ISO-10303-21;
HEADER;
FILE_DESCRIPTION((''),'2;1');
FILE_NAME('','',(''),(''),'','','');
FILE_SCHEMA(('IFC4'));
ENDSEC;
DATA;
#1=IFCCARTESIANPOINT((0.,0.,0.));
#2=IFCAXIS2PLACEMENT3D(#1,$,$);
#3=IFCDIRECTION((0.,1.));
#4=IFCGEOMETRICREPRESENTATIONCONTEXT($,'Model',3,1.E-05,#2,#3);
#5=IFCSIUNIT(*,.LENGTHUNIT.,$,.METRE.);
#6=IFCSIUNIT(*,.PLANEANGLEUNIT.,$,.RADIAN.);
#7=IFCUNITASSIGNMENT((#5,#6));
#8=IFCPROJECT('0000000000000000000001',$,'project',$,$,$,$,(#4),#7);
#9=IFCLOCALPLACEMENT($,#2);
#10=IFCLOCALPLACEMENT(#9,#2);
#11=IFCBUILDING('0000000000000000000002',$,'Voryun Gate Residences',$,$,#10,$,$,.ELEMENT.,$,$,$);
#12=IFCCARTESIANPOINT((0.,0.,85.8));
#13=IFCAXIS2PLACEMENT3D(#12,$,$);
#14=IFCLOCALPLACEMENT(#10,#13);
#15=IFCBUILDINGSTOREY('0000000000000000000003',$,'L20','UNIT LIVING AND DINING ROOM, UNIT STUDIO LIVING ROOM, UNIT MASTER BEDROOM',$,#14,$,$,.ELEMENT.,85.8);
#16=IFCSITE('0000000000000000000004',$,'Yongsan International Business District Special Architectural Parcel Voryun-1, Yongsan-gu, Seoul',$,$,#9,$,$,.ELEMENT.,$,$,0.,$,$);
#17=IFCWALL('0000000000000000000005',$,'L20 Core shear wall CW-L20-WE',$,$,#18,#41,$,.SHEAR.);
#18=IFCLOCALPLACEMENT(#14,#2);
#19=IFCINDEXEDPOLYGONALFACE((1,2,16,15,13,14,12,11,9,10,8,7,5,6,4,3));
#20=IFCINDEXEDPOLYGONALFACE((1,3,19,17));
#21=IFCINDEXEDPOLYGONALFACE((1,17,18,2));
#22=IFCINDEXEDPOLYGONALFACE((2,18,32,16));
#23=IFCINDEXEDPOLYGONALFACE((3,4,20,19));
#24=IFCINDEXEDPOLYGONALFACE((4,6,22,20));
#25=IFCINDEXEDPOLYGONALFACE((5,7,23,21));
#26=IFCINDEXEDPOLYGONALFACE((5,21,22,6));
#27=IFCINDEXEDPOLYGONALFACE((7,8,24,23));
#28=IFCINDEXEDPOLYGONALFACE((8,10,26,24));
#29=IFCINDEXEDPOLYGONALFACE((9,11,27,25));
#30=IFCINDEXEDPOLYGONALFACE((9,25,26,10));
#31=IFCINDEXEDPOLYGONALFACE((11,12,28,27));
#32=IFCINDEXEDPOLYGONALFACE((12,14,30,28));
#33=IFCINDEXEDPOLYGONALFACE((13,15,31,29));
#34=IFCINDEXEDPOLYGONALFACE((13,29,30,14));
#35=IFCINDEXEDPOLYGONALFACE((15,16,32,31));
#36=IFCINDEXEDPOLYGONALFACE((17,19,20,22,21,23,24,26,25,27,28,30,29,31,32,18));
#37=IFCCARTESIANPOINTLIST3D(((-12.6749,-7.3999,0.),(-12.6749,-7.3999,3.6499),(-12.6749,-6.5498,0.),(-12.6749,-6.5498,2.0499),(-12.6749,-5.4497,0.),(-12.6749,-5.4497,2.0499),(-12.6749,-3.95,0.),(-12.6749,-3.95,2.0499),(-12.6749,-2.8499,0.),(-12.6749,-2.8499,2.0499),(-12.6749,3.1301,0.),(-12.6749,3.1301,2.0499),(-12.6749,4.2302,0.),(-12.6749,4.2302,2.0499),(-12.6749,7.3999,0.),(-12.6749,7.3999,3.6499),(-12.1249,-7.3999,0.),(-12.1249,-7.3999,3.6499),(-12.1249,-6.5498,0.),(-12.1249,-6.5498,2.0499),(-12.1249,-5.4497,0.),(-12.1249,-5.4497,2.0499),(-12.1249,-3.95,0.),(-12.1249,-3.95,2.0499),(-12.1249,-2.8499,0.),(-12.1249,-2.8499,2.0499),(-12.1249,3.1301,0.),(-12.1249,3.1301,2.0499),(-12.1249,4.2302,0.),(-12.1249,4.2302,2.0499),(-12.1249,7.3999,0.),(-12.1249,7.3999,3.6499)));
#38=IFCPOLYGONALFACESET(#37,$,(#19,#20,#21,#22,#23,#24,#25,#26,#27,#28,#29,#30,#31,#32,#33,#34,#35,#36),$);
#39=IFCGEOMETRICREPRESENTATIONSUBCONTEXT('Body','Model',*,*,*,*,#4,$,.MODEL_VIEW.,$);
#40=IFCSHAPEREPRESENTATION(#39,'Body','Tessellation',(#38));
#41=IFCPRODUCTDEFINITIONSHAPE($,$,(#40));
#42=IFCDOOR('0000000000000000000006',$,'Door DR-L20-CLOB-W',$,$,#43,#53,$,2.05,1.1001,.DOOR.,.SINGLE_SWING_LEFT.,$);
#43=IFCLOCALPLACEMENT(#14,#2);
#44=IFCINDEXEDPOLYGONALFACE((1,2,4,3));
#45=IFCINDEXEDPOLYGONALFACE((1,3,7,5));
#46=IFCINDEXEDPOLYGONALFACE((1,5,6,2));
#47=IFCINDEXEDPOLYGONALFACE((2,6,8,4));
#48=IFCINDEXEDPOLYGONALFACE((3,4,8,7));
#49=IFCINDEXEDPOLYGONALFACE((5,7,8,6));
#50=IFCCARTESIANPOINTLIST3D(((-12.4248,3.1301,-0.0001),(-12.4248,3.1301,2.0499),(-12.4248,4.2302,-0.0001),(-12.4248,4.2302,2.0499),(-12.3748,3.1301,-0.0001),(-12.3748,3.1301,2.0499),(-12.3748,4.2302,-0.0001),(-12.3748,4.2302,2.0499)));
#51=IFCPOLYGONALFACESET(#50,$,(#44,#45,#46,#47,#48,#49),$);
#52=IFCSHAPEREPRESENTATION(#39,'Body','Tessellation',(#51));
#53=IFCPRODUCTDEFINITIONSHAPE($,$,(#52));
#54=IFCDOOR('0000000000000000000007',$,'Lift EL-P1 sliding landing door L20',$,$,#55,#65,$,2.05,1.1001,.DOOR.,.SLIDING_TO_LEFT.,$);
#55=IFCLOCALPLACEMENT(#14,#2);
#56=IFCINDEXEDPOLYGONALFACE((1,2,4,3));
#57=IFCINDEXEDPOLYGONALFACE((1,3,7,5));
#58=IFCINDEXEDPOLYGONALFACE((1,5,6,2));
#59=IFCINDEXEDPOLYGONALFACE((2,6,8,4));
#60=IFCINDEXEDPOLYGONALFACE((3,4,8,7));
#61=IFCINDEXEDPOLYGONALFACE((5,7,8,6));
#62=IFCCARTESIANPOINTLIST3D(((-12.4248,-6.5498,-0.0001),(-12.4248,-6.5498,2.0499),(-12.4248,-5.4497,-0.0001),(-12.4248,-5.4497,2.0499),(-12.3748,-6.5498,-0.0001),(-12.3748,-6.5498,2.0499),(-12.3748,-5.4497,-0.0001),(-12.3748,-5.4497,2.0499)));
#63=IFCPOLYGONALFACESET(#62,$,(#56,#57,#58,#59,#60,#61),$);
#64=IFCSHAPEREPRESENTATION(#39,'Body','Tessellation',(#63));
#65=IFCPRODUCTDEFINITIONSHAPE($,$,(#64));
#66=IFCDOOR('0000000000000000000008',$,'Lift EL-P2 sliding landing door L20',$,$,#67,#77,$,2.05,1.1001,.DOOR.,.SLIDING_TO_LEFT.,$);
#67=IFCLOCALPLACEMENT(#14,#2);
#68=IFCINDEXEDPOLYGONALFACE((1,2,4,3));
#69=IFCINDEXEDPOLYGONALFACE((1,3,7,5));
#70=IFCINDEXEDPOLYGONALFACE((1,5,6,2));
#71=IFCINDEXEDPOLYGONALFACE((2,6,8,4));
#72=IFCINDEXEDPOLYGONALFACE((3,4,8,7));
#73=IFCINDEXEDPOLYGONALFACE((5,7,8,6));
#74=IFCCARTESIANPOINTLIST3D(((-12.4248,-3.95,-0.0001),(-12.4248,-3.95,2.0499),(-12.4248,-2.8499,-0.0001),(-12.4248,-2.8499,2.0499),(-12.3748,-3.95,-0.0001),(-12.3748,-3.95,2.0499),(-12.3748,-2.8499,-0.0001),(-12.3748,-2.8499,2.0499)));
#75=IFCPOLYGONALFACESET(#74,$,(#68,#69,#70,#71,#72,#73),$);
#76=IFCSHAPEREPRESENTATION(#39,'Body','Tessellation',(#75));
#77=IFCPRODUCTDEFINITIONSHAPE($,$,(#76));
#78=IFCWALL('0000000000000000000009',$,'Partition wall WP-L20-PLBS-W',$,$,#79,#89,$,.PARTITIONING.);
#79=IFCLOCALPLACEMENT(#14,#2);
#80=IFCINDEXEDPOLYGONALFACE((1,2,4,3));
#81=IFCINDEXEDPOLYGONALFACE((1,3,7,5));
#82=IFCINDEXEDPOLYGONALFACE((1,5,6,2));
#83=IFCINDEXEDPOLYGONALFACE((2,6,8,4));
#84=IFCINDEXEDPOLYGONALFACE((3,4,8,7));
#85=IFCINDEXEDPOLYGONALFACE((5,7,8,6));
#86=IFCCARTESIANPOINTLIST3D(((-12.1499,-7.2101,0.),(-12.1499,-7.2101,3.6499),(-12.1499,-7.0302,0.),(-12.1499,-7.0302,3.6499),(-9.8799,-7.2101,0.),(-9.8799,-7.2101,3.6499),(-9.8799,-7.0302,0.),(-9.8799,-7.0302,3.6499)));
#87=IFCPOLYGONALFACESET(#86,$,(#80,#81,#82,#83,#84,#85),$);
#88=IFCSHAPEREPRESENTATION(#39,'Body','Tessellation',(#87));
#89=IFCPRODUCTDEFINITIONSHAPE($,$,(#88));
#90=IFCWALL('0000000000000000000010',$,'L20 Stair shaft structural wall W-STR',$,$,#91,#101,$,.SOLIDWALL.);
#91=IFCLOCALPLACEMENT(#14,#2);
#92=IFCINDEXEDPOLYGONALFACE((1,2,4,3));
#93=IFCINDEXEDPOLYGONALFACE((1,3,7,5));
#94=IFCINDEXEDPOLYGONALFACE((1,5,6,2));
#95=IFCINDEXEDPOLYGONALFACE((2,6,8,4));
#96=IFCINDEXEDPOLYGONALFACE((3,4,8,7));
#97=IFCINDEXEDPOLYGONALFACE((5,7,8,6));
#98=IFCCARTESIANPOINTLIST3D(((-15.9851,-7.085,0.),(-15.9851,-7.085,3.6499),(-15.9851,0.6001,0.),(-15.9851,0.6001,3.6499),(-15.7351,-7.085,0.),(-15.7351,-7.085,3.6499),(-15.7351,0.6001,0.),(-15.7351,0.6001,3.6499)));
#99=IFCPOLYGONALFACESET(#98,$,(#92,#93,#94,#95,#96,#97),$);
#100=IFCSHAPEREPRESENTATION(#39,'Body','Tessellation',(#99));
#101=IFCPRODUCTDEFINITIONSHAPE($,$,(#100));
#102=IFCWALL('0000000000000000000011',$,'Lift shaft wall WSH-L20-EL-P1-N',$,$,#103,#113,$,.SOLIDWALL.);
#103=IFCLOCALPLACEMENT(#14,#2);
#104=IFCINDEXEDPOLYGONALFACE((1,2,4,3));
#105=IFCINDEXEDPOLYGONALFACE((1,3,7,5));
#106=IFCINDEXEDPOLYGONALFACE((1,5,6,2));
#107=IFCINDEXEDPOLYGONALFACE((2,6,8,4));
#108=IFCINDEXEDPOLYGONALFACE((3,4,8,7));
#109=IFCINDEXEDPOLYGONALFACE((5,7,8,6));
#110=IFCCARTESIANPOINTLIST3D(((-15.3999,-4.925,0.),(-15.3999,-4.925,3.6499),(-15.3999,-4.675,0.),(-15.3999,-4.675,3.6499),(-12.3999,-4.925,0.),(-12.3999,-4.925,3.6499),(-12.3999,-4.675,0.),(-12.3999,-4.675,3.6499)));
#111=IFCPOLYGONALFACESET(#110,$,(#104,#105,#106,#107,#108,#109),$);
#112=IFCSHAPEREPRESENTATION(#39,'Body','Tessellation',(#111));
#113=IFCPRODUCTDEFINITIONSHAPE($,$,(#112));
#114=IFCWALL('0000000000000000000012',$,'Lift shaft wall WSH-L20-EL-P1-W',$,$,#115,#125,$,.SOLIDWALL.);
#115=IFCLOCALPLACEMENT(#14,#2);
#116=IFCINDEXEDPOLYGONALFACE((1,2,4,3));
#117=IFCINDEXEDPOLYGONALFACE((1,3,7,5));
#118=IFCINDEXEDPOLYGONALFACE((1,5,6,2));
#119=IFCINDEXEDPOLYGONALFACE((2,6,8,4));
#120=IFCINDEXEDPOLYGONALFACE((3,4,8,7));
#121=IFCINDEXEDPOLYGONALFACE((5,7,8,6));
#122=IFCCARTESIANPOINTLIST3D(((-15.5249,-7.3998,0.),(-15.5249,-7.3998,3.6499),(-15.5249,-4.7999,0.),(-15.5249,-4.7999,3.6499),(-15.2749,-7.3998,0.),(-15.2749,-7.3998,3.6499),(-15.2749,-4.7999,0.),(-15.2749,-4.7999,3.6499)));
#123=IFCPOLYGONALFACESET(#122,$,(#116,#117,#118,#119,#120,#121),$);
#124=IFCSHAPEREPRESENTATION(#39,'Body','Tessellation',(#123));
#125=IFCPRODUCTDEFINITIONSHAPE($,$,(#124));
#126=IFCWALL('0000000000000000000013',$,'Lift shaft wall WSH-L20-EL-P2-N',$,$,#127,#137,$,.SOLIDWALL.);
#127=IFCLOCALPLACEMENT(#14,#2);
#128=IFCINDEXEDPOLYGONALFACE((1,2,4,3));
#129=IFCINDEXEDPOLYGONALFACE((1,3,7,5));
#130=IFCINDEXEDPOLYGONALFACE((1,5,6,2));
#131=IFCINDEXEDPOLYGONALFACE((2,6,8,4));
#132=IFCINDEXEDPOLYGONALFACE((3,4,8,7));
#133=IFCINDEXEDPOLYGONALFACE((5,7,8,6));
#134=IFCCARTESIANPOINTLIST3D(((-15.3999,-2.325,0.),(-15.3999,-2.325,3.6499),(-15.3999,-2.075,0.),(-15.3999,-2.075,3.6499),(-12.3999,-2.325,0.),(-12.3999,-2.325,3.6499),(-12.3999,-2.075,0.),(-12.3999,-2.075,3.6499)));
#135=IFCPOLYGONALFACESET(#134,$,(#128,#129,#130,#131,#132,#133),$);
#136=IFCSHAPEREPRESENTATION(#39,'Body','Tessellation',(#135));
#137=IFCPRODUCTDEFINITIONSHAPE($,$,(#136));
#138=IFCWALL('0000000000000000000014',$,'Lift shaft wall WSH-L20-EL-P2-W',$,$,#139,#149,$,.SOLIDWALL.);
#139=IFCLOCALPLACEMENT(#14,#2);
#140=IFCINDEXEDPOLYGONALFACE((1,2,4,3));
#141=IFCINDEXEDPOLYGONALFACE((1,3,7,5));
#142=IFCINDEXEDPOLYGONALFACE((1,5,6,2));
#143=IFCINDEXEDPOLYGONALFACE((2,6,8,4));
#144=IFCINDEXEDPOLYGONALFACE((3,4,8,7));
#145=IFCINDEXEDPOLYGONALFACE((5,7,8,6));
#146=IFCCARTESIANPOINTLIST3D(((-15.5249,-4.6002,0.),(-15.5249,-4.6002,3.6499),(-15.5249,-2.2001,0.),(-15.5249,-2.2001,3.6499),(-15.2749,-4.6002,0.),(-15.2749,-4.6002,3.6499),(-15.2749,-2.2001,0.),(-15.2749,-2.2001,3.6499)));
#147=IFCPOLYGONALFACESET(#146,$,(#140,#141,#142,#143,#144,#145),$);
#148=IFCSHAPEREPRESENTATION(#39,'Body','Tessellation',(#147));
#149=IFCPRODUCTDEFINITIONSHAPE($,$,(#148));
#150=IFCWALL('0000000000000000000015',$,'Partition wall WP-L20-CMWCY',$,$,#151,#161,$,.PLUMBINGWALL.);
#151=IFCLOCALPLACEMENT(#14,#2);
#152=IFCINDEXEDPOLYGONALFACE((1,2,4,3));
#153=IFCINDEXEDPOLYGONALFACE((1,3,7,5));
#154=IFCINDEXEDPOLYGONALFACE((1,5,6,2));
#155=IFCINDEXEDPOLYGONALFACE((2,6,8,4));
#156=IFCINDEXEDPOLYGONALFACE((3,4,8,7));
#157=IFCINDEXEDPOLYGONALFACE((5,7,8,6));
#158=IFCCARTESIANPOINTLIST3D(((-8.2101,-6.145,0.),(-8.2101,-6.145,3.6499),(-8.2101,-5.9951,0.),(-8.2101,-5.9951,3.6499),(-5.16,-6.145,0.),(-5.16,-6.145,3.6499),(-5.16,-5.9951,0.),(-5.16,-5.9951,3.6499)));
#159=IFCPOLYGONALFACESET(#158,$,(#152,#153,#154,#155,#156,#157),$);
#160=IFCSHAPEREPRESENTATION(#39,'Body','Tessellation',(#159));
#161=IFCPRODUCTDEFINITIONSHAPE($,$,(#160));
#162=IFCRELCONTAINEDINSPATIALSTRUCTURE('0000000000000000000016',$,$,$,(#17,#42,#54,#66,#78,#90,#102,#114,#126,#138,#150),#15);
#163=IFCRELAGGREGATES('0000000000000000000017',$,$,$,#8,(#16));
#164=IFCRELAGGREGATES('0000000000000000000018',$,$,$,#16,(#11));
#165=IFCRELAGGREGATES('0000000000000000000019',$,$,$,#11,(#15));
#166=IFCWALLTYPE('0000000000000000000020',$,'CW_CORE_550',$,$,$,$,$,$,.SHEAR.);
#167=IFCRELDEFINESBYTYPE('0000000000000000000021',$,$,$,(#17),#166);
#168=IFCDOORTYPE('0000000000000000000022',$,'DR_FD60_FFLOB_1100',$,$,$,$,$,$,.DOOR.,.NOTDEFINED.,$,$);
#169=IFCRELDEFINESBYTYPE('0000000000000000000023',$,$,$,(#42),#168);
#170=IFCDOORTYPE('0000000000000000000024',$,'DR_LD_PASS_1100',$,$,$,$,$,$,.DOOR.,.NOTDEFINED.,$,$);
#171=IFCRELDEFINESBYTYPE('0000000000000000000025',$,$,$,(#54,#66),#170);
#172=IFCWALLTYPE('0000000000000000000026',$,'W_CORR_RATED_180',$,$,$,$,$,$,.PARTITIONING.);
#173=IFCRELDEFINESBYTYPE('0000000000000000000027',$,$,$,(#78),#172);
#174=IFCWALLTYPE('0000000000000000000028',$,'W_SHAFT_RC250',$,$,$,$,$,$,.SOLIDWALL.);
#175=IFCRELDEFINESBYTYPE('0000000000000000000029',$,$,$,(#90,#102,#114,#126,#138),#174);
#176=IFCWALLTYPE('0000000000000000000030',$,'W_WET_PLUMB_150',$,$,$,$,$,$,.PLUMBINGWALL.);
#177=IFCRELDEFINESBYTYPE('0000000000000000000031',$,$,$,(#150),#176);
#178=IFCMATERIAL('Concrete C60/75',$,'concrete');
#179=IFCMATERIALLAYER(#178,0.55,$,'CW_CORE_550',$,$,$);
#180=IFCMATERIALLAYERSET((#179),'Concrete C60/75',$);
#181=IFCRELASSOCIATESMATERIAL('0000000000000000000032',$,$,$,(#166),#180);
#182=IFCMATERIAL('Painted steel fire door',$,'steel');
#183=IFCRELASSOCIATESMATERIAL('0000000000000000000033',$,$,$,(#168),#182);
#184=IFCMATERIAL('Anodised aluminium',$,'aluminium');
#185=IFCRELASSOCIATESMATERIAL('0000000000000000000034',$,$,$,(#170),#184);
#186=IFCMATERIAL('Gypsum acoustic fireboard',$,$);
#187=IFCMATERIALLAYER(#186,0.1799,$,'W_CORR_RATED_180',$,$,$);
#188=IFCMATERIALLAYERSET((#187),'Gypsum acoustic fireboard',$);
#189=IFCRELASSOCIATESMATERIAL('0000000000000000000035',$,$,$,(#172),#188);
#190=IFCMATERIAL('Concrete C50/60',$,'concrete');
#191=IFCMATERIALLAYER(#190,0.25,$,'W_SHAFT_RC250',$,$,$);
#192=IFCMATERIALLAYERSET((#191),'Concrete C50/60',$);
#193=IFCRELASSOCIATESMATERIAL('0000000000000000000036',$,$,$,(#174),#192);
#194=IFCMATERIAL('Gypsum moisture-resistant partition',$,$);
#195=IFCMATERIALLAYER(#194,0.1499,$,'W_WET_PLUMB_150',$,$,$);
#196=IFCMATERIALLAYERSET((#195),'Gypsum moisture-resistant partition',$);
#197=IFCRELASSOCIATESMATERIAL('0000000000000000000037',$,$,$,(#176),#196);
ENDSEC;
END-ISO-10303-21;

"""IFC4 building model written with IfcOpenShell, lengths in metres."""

from ifc_helpers import new_model, si_unit, direction, frame, frame_2d, origin, place, context, subcontext, project, spatial, rectangle, extrude, material, layer, layer_set, type_object, element, fill, save


model = new_model("IFC4")

# Units and contexts
model_context = context("Model", 3, precision=1e-05, world=origin(), true_north=direction((0.0, 1.0)))
body_context = subcontext(model_context, "Body", "Model", "MODEL_VIEW")
ifc_project = project(units=[si_unit("LENGTHUNIT", "METRE"), si_unit("PLANEANGLEUNIT", "RADIAN")], contexts=[model_context])

# Site, building, storey
site_placement = place(None, origin())
site = spatial("IfcSite", under=ifc_project, at=site_placement, Name="Yongsan International Business District Special Architectural Parcel Voryun-1, Yongsan-gu, Seoul", CompositionType="ELEMENT", RefElevation=0.0)
building_placement = place(site_placement, origin())
building = spatial("IfcBuilding", under=site, at=building_placement, Name="Voryun Gate Residences", CompositionType="ELEMENT")
storey_placement = place(building_placement, frame((0.0, 0.0, 85.8)))
storey = spatial("IfcBuildingStorey", under=building, at=storey_placement, Name="L20", Description="UNIT LIVING AND DINING ROOM, UNIT STUDIO LIVING ROOM, UNIT MASTER BEDROOM", CompositionType="ELEMENT", Elevation=85.8)

# Wall, openings, doors
ifc_material_1 = material(Name="Concrete C60/75", Category="concrete")
ifc_layer_1 = layer(ifc_material_1, 0.55, Name="CW_CORE_550")
ifc_layer_set_1 = layer_set([ifc_layer_1], Name="Concrete C60/75")
wall_type_1 = type_object("IfcWallType", Name="CW_CORE_550", PredefinedType="SHEAR", material=ifc_layer_set_1)
wall_1_placement = place(storey_placement, frame((-12.3999, -7.3999, 0.0), z_axis=(0.0, 0.0, 1.0), x_axis=(0.0, 1.0, 0.0)))
wall_1 = element("IfcWall", 1, at=wall_1_placement, inside=storey, type_object=wall_type_1, Name="L20 Core shear wall CW-L20-WE", PredefinedType="SHEAR", context=body_context, shape_type="SweptSolid", body=[
    extrude(rectangle(XDim=14.7998, YDim=0.55, at=frame_2d((7.3999, 0.0))), origin(), (0.0, 0.0, 1.0), 3.6499),
])
opening_1_placement = place(wall_1_placement, frame((0.8501, 0.0, 0.0)))
opening_1 = element("IfcOpeningElement", 2, at=opening_1_placement, cuts=wall_1, PredefinedType="OPENING", context=body_context, shape_type="SweptSolid", body=[
    extrude(rectangle(XDim=1.1001, YDim=2.05, at=frame_2d((0.55, 1.0249))), frame((0.0, 0.2849, 0.0), z_axis=(0.0, -1.0, 0.0), x_axis=(1.0, 0.0, 0.0)), (0.0, 0.0, 1.0), 0.5701),
])
opening_2_placement = place(wall_1_placement, frame((3.45, 0.0, 0.0)))
opening_2 = element("IfcOpeningElement", 3, at=opening_2_placement, cuts=wall_1, PredefinedType="OPENING", context=body_context, shape_type="SweptSolid", body=[
    extrude(rectangle(XDim=1.1001, YDim=2.05, at=frame_2d((0.55, 1.0249))), frame((0.0, 0.2849, 0.0), z_axis=(0.0, -1.0, 0.0), x_axis=(1.0, 0.0, 0.0)), (0.0, 0.0, 1.0), 0.5701),
])
opening_3_placement = place(wall_1_placement, frame((10.53, 0.0, 0.0)))
opening_3 = element("IfcOpeningElement", 4, at=opening_3_placement, cuts=wall_1, PredefinedType="OPENING", context=body_context, shape_type="SweptSolid", body=[
    extrude(rectangle(XDim=1.1001, YDim=2.05, at=frame_2d((0.55, 1.0249))), frame((0.0, 0.2849, 0.0), z_axis=(0.0, -1.0, 0.0), x_axis=(1.0, 0.0, 0.0)), (0.0, 0.0, 1.0), 0.5701),
])
ifc_material_2 = material(Name="Painted steel fire door", Category="steel")
door_type_1 = type_object("IfcDoorType", Name="DR_FD60_FFLOB_1100", OperationType="NOTDEFINED", PredefinedType="DOOR", material=ifc_material_2)
door_1_placement = place(opening_3_placement, origin())
door_1 = element("IfcDoor", 5, at=door_1_placement, inside=storey, type_object=door_type_1, Name="Door DR-L20-CLOB-W", OperationType="SINGLE_SWING_LEFT", OverallHeight=2.05, OverallWidth=1.1001, PredefinedType="DOOR", context=body_context, shape_type="SweptSolid", body=[
    extrude(rectangle(XDim=1.1001, YDim=2.05, at=frame_2d((0.55, 1.0249))), frame((0.0, 0.0249, 0.0), z_axis=(0.0, -1.0, 0.0), x_axis=(1.0, 0.0, 0.0)), (0.0, 0.0, 1.0), 0.05),
])
fill(opening_3, door_1)
ifc_material_3 = material(Name="Anodised aluminium", Category="aluminium")
door_type_2 = type_object("IfcDoorType", Name="DR_LD_PASS_1100", OperationType="NOTDEFINED", PredefinedType="DOOR", material=ifc_material_3)
door_2_placement = place(opening_1_placement, origin())
door_2 = element("IfcDoor", 6, at=door_2_placement, inside=storey, type_object=door_type_2, Name="Lift EL-P1 sliding landing door L20", OperationType="SLIDING_TO_LEFT", OverallHeight=2.05, OverallWidth=1.1001, PredefinedType="DOOR", context=body_context, shape_type="SweptSolid", body=[
    extrude(rectangle(XDim=1.1001, YDim=2.05, at=frame_2d((0.55, 1.0249))), frame((0.0, 0.0249, 0.0), z_axis=(0.0, -1.0, 0.0), x_axis=(1.0, 0.0, 0.0)), (0.0, 0.0, 1.0), 0.05),
])
fill(opening_1, door_2)
door_3_placement = place(opening_2_placement, origin())
door_3 = element("IfcDoor", 7, at=door_3_placement, inside=storey, type_object=door_type_2, Name="Lift EL-P2 sliding landing door L20", OperationType="SLIDING_TO_LEFT", OverallHeight=2.05, OverallWidth=1.1001, PredefinedType="DOOR", context=body_context, shape_type="SweptSolid", body=[
    extrude(rectangle(XDim=1.1001, YDim=2.05, at=frame_2d((0.55, 1.0249))), frame((0.0, 0.0249, 0.0), z_axis=(0.0, -1.0, 0.0), x_axis=(1.0, 0.0, 0.0)), (0.0, 0.0, 1.0), 0.05),
])
fill(opening_2, door_3)

# Walls
ifc_material_4 = material(Name="Gypsum acoustic fireboard")
ifc_layer_2 = layer(ifc_material_4, 0.1799, Name="W_CORR_RATED_180")
ifc_layer_set_2 = layer_set([ifc_layer_2], Name="Gypsum acoustic fireboard")
wall_type_2 = type_object("IfcWallType", Name="W_CORR_RATED_180", PredefinedType="PARTITIONING", material=ifc_layer_set_2)
wall_2_placement = place(storey_placement, frame((-12.1499, -7.1201, 0.0), z_axis=(0.0, 0.0, 1.0), x_axis=(1.0, 0.0, 0.0)))
element("IfcWall", 8, at=wall_2_placement, inside=storey, type_object=wall_type_2, Name="Partition wall WP-L20-PLBS-W", PredefinedType="PARTITIONING", context=body_context, shape_type="SweptSolid", body=[
    extrude(rectangle(XDim=2.27, YDim=0.1799, at=frame_2d((1.135, 0.0))), origin(), (0.0, 0.0, 1.0), 3.6499),
])
ifc_material_5 = material(Name="Concrete C50/60", Category="concrete")
ifc_layer_3 = layer(ifc_material_5, 0.25, Name="W_SHAFT_RC250")
ifc_layer_set_3 = layer_set([ifc_layer_3], Name="Concrete C50/60")
wall_type_3 = type_object("IfcWallType", Name="W_SHAFT_RC250", PredefinedType="SOLIDWALL", material=ifc_layer_set_3)
wall_3_placement = place(storey_placement, frame((-15.8601, -7.085, 0.0), z_axis=(0.0, 0.0, 1.0), x_axis=(0.0, 1.0, 0.0)))
element("IfcWall", 9, at=wall_3_placement, inside=storey, type_object=wall_type_3, Name="L20 Stair shaft structural wall W-STR", PredefinedType="SOLIDWALL", context=body_context, shape_type="SweptSolid", body=[
    extrude(rectangle(XDim=7.6851, YDim=0.25, at=frame_2d((3.8425, 0.0))), origin(), (0.0, 0.0, 1.0), 3.6499),
])
wall_4_placement = place(storey_placement, frame((-12.3999, -4.8, 0.0), z_axis=(0.0, 0.0, 1.0), x_axis=(-1.0, 0.0, 0.0)))
element("IfcWall", 10, at=wall_4_placement, inside=storey, type_object=wall_type_3, Name="Lift shaft wall WSH-L20-EL-P1-N", PredefinedType="SOLIDWALL", context=body_context, shape_type="SweptSolid", body=[
    extrude(rectangle(XDim=3.0, YDim=0.25, at=frame_2d((1.5, 0.0))), origin(), (0.0, 0.0, 1.0), 3.6499),
])
wall_5_placement = place(storey_placement, frame((-15.3999, -4.8, 0.0), z_axis=(0.0, 0.0, 1.0), x_axis=(0.0, -1.0, 0.0)))
element("IfcWall", 11, at=wall_5_placement, inside=storey, type_object=wall_type_3, Name="Lift shaft wall WSH-L20-EL-P1-W", PredefinedType="SOLIDWALL", context=body_context, shape_type="SweptSolid", body=[
    extrude(rectangle(XDim=2.5999, YDim=0.25, at=frame_2d((1.2998, 0.0))), origin(), (0.0, 0.0, 1.0), 3.6499),
])
wall_6_placement = place(storey_placement, frame((-12.3999, -2.2, 0.0), z_axis=(0.0, 0.0, 1.0), x_axis=(-1.0, 0.0, 0.0)))
element("IfcWall", 12, at=wall_6_placement, inside=storey, type_object=wall_type_3, Name="Lift shaft wall WSH-L20-EL-P2-N", PredefinedType="SOLIDWALL", context=body_context, shape_type="SweptSolid", body=[
    extrude(rectangle(XDim=3.0, YDim=0.25, at=frame_2d((1.5, 0.0))), origin(), (0.0, 0.0, 1.0), 3.6499),
])
wall_7_placement = place(storey_placement, frame((-15.3999, -2.2, 0.0), z_axis=(0.0, 0.0, 1.0), x_axis=(0.0, -1.0, 0.0)))
element("IfcWall", 13, at=wall_7_placement, inside=storey, type_object=wall_type_3, Name="Lift shaft wall WSH-L20-EL-P2-W", PredefinedType="SOLIDWALL", context=body_context, shape_type="SweptSolid", body=[
    extrude(rectangle(XDim=2.4001, YDim=0.25, at=frame_2d((1.2002, 0.0))), origin(), (0.0, 0.0, 1.0), 3.6499),
])
ifc_material_6 = material(Name="Gypsum moisture-resistant partition")
ifc_layer_4 = layer(ifc_material_6, 0.1499, Name="W_WET_PLUMB_150")
ifc_layer_set_4 = layer_set([ifc_layer_4], Name="Gypsum moisture-resistant partition")
wall_type_4 = type_object("IfcWallType", Name="W_WET_PLUMB_150", PredefinedType="PLUMBINGWALL", material=ifc_layer_set_4)
wall_8_placement = place(storey_placement, frame((-8.21, -6.0701, 0.0), z_axis=(0.0, 0.0, 1.0), x_axis=(1.0, 0.0, 0.0)))
element("IfcWall", 14, at=wall_8_placement, inside=storey, type_object=wall_type_4, Name="Partition wall WP-L20-CMWCY", PredefinedType="PLUMBINGWALL", context=body_context, shape_type="SweptSolid", body=[
    extrude(rectangle(XDim=3.05, YDim=0.1499, at=frame_2d((1.5249, 0.0))), origin(), (0.0, 0.0, 1.0), 3.6499),
])

save(model, "model.ifc")
